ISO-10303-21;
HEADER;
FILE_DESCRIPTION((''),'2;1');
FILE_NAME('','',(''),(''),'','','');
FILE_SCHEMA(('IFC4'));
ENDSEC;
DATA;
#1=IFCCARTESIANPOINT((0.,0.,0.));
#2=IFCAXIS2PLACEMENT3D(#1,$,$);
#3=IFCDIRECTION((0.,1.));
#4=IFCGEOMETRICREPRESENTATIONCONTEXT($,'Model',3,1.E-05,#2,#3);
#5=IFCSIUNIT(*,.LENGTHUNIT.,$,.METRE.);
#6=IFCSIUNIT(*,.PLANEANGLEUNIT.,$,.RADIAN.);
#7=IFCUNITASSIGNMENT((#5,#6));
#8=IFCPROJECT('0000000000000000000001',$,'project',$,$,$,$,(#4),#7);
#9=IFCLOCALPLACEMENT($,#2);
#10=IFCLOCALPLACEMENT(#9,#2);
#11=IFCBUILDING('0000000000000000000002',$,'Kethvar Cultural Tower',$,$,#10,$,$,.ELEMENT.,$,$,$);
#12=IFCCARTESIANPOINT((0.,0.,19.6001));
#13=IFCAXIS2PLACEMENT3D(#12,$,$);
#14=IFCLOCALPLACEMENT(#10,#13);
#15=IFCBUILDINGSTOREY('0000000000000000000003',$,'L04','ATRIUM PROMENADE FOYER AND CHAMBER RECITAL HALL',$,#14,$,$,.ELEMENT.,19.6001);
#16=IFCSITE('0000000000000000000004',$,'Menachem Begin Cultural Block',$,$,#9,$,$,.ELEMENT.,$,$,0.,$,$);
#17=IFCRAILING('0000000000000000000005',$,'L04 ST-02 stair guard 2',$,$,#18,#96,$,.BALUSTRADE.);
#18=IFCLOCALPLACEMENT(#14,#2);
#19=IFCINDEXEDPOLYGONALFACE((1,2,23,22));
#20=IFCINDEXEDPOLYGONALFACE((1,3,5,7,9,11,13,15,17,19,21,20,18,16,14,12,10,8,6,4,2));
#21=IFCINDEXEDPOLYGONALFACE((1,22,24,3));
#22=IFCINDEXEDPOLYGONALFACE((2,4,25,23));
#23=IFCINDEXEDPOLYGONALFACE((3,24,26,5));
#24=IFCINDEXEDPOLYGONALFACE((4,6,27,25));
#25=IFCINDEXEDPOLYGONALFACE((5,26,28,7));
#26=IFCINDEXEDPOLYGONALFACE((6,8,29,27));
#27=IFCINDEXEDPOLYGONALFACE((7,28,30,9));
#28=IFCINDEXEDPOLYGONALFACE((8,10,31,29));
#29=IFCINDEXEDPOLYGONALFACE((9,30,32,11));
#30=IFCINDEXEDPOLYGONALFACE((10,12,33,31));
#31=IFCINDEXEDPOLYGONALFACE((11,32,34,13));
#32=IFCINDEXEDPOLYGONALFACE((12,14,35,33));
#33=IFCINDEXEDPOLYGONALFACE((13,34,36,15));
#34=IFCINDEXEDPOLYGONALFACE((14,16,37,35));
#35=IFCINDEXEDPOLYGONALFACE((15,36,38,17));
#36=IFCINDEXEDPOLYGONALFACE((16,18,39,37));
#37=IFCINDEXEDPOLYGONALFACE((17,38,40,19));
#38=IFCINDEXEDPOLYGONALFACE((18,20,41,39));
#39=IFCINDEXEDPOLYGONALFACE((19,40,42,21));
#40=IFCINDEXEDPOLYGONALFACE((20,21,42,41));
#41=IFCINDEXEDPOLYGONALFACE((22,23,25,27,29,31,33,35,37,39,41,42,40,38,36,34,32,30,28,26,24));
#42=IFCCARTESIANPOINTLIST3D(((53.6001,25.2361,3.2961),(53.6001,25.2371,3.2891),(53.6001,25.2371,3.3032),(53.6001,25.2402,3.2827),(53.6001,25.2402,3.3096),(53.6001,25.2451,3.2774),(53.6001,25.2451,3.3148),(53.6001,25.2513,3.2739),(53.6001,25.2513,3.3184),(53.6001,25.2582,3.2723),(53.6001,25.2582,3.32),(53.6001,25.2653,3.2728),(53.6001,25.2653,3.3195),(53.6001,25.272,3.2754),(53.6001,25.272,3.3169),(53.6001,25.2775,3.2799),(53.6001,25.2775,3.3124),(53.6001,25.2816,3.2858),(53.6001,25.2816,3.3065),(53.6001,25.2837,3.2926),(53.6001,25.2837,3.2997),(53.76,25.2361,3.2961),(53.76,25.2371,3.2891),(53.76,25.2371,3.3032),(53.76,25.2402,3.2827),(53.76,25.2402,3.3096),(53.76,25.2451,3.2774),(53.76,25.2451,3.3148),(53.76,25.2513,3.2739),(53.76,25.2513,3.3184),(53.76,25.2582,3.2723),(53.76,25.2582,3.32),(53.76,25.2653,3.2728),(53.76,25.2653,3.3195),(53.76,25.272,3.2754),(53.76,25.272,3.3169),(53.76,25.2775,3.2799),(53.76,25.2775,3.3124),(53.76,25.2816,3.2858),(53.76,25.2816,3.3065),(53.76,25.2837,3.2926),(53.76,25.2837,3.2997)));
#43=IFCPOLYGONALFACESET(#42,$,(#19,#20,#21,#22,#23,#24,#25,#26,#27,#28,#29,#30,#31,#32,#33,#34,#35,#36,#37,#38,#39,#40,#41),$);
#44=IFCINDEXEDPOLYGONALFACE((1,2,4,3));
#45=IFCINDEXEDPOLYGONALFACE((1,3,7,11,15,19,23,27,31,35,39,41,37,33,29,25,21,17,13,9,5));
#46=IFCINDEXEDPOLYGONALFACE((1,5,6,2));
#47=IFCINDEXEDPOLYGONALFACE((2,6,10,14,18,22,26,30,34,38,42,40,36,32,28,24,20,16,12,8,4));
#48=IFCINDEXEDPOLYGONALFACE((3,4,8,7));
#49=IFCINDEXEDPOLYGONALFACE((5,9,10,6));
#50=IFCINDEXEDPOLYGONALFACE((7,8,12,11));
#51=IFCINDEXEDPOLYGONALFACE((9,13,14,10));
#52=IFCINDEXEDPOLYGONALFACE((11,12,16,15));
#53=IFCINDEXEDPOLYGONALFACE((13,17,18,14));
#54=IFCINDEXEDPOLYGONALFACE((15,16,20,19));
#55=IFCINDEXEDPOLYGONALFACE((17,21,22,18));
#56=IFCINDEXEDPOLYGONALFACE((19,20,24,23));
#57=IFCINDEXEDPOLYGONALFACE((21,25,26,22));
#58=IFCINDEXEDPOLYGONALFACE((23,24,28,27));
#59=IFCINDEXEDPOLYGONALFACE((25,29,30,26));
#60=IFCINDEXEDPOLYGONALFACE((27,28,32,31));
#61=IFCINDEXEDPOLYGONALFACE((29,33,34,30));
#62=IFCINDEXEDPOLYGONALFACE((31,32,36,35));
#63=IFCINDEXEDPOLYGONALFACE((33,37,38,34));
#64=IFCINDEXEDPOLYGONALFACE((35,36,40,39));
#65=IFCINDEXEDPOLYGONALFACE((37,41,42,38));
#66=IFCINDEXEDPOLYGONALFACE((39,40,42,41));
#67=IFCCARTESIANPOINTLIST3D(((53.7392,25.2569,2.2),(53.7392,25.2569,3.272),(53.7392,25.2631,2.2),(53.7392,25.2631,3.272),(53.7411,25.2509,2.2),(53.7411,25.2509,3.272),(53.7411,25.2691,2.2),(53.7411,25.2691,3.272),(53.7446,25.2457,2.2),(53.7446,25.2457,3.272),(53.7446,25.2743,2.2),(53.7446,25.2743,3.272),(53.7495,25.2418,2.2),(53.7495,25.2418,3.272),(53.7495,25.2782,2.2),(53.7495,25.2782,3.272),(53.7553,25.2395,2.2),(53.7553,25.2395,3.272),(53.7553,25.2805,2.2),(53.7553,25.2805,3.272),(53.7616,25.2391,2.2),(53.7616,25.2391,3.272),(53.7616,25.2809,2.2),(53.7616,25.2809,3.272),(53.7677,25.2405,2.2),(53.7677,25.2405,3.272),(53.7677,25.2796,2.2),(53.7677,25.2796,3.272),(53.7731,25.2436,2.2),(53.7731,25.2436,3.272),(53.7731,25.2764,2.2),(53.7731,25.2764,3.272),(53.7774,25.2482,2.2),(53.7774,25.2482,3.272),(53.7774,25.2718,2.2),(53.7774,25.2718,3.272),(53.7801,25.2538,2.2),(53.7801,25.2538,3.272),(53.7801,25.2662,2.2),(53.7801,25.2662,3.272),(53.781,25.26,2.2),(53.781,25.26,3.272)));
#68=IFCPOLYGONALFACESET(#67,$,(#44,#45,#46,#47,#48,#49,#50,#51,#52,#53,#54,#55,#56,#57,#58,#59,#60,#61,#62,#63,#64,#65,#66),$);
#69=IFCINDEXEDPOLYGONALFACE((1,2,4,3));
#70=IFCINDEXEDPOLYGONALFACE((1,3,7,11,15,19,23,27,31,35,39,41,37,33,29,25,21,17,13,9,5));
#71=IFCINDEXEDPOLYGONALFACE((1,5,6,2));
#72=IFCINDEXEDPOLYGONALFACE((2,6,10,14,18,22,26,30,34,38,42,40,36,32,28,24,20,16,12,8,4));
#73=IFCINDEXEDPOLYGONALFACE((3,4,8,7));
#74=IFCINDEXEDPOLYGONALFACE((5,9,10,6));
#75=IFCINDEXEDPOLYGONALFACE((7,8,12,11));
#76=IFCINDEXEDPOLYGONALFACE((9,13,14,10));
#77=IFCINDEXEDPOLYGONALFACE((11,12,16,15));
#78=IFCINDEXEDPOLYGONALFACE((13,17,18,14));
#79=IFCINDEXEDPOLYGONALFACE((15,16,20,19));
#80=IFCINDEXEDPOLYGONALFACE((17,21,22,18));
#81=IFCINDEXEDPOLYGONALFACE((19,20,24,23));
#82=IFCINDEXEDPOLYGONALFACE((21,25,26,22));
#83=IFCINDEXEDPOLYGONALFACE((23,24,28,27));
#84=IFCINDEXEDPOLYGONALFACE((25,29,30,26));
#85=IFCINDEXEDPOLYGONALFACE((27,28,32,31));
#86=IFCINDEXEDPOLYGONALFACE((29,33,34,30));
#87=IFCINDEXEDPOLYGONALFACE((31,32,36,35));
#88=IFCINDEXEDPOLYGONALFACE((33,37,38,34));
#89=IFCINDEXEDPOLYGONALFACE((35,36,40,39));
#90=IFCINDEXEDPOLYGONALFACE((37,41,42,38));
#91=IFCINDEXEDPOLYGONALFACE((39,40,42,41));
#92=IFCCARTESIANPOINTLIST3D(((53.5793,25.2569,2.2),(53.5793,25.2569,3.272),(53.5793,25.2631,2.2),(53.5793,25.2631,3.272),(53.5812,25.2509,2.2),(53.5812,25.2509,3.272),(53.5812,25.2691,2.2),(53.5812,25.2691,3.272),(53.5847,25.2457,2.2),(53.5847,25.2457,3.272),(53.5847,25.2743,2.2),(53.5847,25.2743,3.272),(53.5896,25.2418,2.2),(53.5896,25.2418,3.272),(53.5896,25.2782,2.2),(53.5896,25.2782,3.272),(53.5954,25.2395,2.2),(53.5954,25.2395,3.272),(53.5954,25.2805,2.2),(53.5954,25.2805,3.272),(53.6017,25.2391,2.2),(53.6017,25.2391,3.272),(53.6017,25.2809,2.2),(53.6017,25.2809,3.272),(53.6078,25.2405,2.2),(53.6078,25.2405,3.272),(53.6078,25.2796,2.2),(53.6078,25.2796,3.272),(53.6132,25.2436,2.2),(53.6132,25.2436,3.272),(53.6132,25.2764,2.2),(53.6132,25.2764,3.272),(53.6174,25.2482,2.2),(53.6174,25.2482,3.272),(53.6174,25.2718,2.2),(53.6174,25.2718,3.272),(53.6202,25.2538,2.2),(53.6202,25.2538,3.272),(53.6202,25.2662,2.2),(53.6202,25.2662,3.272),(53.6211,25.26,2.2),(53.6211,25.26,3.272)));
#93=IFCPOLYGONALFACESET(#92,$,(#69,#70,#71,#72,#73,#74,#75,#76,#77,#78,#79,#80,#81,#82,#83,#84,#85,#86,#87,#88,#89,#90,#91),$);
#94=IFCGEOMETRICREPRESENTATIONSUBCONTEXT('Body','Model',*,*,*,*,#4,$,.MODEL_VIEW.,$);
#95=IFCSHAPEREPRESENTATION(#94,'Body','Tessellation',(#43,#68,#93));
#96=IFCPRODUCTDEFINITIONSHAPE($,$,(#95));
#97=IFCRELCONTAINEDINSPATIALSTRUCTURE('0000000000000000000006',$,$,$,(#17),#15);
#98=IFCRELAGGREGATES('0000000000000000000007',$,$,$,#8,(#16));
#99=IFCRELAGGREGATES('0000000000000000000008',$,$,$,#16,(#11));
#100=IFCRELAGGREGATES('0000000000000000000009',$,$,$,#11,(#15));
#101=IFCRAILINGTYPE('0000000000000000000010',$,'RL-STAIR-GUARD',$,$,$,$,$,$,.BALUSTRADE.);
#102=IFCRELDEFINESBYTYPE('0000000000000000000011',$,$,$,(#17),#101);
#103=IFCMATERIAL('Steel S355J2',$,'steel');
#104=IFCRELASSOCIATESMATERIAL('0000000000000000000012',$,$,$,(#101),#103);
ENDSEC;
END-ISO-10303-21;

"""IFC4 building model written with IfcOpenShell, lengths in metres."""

from ifc_helpers import new_model, si_unit, direction, frame, origin, origin_2d, place, context, subcontext, project, spatial, circle, extrude, material, type_object, element, save


model = new_model("IFC4")

# Units and contexts
model_context = context("Model", 3, precision=1e-05, world=origin(), true_north=direction((0.0, 1.0)))
body_context = subcontext(model_context, "Body", "Model", "MODEL_VIEW")
ifc_project = project(units=[si_unit("LENGTHUNIT", "METRE"), si_unit("PLANEANGLEUNIT", "RADIAN")], contexts=[model_context])

# Site, building, storey
site_placement = place(None, origin())
site = spatial("IfcSite", under=ifc_project, at=site_placement, Name="Menachem Begin Cultural Block", CompositionType="ELEMENT", RefElevation=0.0)
building_placement = place(site_placement, origin())
building = spatial("IfcBuilding", under=site, at=building_placement, Name="Kethvar Cultural Tower", CompositionType="ELEMENT")
storey_placement = place(building_placement, frame((0.0, 0.0, 19.6001)))
storey = spatial("IfcBuildingStorey", under=building, at=storey_placement, Name="L04", Description="ATRIUM PROMENADE FOYER AND CHAMBER RECITAL HALL", CompositionType="ELEMENT", Elevation=19.6001)

# Shared definitions
ifc_material_1 = material(Name="Steel S355J2", Category="steel")

# Railing
railing_type_1 = type_object("IfcRailingType", Name="RL-STAIR-GUARD", PredefinedType="BALUSTRADE", material=ifc_material_1)
railing_1_placement = place(storey_placement, frame((53.76, 25.26, 2.2)))
element("IfcRailing", 1, at=railing_1_placement, inside=storey, type_object=railing_type_1, Name="L04 ST-02 stair guard 2", PredefinedType="BALUSTRADE", context=body_context, shape_type="SweptSolid", body=[
    extrude(circle(Radius=0.0239, at=origin_2d()), frame((0.0, 0.0, 1.0962), z_axis=(-1.0, 0.0, 0.0), x_axis=(0.0, -1.0, 0.0)), (0.0, 0.0, 1.0), 0.1599),
    extrude(circle(Radius=0.021, at=origin_2d()), origin(), (0.0, 0.0, 1.0), 1.072),
    extrude(circle(Radius=0.021, at=origin_2d()), frame((-0.1599, 0.0, 0.0)), (0.0, 0.0, 1.0), 1.072),
])

save(model, "model.ifc")
